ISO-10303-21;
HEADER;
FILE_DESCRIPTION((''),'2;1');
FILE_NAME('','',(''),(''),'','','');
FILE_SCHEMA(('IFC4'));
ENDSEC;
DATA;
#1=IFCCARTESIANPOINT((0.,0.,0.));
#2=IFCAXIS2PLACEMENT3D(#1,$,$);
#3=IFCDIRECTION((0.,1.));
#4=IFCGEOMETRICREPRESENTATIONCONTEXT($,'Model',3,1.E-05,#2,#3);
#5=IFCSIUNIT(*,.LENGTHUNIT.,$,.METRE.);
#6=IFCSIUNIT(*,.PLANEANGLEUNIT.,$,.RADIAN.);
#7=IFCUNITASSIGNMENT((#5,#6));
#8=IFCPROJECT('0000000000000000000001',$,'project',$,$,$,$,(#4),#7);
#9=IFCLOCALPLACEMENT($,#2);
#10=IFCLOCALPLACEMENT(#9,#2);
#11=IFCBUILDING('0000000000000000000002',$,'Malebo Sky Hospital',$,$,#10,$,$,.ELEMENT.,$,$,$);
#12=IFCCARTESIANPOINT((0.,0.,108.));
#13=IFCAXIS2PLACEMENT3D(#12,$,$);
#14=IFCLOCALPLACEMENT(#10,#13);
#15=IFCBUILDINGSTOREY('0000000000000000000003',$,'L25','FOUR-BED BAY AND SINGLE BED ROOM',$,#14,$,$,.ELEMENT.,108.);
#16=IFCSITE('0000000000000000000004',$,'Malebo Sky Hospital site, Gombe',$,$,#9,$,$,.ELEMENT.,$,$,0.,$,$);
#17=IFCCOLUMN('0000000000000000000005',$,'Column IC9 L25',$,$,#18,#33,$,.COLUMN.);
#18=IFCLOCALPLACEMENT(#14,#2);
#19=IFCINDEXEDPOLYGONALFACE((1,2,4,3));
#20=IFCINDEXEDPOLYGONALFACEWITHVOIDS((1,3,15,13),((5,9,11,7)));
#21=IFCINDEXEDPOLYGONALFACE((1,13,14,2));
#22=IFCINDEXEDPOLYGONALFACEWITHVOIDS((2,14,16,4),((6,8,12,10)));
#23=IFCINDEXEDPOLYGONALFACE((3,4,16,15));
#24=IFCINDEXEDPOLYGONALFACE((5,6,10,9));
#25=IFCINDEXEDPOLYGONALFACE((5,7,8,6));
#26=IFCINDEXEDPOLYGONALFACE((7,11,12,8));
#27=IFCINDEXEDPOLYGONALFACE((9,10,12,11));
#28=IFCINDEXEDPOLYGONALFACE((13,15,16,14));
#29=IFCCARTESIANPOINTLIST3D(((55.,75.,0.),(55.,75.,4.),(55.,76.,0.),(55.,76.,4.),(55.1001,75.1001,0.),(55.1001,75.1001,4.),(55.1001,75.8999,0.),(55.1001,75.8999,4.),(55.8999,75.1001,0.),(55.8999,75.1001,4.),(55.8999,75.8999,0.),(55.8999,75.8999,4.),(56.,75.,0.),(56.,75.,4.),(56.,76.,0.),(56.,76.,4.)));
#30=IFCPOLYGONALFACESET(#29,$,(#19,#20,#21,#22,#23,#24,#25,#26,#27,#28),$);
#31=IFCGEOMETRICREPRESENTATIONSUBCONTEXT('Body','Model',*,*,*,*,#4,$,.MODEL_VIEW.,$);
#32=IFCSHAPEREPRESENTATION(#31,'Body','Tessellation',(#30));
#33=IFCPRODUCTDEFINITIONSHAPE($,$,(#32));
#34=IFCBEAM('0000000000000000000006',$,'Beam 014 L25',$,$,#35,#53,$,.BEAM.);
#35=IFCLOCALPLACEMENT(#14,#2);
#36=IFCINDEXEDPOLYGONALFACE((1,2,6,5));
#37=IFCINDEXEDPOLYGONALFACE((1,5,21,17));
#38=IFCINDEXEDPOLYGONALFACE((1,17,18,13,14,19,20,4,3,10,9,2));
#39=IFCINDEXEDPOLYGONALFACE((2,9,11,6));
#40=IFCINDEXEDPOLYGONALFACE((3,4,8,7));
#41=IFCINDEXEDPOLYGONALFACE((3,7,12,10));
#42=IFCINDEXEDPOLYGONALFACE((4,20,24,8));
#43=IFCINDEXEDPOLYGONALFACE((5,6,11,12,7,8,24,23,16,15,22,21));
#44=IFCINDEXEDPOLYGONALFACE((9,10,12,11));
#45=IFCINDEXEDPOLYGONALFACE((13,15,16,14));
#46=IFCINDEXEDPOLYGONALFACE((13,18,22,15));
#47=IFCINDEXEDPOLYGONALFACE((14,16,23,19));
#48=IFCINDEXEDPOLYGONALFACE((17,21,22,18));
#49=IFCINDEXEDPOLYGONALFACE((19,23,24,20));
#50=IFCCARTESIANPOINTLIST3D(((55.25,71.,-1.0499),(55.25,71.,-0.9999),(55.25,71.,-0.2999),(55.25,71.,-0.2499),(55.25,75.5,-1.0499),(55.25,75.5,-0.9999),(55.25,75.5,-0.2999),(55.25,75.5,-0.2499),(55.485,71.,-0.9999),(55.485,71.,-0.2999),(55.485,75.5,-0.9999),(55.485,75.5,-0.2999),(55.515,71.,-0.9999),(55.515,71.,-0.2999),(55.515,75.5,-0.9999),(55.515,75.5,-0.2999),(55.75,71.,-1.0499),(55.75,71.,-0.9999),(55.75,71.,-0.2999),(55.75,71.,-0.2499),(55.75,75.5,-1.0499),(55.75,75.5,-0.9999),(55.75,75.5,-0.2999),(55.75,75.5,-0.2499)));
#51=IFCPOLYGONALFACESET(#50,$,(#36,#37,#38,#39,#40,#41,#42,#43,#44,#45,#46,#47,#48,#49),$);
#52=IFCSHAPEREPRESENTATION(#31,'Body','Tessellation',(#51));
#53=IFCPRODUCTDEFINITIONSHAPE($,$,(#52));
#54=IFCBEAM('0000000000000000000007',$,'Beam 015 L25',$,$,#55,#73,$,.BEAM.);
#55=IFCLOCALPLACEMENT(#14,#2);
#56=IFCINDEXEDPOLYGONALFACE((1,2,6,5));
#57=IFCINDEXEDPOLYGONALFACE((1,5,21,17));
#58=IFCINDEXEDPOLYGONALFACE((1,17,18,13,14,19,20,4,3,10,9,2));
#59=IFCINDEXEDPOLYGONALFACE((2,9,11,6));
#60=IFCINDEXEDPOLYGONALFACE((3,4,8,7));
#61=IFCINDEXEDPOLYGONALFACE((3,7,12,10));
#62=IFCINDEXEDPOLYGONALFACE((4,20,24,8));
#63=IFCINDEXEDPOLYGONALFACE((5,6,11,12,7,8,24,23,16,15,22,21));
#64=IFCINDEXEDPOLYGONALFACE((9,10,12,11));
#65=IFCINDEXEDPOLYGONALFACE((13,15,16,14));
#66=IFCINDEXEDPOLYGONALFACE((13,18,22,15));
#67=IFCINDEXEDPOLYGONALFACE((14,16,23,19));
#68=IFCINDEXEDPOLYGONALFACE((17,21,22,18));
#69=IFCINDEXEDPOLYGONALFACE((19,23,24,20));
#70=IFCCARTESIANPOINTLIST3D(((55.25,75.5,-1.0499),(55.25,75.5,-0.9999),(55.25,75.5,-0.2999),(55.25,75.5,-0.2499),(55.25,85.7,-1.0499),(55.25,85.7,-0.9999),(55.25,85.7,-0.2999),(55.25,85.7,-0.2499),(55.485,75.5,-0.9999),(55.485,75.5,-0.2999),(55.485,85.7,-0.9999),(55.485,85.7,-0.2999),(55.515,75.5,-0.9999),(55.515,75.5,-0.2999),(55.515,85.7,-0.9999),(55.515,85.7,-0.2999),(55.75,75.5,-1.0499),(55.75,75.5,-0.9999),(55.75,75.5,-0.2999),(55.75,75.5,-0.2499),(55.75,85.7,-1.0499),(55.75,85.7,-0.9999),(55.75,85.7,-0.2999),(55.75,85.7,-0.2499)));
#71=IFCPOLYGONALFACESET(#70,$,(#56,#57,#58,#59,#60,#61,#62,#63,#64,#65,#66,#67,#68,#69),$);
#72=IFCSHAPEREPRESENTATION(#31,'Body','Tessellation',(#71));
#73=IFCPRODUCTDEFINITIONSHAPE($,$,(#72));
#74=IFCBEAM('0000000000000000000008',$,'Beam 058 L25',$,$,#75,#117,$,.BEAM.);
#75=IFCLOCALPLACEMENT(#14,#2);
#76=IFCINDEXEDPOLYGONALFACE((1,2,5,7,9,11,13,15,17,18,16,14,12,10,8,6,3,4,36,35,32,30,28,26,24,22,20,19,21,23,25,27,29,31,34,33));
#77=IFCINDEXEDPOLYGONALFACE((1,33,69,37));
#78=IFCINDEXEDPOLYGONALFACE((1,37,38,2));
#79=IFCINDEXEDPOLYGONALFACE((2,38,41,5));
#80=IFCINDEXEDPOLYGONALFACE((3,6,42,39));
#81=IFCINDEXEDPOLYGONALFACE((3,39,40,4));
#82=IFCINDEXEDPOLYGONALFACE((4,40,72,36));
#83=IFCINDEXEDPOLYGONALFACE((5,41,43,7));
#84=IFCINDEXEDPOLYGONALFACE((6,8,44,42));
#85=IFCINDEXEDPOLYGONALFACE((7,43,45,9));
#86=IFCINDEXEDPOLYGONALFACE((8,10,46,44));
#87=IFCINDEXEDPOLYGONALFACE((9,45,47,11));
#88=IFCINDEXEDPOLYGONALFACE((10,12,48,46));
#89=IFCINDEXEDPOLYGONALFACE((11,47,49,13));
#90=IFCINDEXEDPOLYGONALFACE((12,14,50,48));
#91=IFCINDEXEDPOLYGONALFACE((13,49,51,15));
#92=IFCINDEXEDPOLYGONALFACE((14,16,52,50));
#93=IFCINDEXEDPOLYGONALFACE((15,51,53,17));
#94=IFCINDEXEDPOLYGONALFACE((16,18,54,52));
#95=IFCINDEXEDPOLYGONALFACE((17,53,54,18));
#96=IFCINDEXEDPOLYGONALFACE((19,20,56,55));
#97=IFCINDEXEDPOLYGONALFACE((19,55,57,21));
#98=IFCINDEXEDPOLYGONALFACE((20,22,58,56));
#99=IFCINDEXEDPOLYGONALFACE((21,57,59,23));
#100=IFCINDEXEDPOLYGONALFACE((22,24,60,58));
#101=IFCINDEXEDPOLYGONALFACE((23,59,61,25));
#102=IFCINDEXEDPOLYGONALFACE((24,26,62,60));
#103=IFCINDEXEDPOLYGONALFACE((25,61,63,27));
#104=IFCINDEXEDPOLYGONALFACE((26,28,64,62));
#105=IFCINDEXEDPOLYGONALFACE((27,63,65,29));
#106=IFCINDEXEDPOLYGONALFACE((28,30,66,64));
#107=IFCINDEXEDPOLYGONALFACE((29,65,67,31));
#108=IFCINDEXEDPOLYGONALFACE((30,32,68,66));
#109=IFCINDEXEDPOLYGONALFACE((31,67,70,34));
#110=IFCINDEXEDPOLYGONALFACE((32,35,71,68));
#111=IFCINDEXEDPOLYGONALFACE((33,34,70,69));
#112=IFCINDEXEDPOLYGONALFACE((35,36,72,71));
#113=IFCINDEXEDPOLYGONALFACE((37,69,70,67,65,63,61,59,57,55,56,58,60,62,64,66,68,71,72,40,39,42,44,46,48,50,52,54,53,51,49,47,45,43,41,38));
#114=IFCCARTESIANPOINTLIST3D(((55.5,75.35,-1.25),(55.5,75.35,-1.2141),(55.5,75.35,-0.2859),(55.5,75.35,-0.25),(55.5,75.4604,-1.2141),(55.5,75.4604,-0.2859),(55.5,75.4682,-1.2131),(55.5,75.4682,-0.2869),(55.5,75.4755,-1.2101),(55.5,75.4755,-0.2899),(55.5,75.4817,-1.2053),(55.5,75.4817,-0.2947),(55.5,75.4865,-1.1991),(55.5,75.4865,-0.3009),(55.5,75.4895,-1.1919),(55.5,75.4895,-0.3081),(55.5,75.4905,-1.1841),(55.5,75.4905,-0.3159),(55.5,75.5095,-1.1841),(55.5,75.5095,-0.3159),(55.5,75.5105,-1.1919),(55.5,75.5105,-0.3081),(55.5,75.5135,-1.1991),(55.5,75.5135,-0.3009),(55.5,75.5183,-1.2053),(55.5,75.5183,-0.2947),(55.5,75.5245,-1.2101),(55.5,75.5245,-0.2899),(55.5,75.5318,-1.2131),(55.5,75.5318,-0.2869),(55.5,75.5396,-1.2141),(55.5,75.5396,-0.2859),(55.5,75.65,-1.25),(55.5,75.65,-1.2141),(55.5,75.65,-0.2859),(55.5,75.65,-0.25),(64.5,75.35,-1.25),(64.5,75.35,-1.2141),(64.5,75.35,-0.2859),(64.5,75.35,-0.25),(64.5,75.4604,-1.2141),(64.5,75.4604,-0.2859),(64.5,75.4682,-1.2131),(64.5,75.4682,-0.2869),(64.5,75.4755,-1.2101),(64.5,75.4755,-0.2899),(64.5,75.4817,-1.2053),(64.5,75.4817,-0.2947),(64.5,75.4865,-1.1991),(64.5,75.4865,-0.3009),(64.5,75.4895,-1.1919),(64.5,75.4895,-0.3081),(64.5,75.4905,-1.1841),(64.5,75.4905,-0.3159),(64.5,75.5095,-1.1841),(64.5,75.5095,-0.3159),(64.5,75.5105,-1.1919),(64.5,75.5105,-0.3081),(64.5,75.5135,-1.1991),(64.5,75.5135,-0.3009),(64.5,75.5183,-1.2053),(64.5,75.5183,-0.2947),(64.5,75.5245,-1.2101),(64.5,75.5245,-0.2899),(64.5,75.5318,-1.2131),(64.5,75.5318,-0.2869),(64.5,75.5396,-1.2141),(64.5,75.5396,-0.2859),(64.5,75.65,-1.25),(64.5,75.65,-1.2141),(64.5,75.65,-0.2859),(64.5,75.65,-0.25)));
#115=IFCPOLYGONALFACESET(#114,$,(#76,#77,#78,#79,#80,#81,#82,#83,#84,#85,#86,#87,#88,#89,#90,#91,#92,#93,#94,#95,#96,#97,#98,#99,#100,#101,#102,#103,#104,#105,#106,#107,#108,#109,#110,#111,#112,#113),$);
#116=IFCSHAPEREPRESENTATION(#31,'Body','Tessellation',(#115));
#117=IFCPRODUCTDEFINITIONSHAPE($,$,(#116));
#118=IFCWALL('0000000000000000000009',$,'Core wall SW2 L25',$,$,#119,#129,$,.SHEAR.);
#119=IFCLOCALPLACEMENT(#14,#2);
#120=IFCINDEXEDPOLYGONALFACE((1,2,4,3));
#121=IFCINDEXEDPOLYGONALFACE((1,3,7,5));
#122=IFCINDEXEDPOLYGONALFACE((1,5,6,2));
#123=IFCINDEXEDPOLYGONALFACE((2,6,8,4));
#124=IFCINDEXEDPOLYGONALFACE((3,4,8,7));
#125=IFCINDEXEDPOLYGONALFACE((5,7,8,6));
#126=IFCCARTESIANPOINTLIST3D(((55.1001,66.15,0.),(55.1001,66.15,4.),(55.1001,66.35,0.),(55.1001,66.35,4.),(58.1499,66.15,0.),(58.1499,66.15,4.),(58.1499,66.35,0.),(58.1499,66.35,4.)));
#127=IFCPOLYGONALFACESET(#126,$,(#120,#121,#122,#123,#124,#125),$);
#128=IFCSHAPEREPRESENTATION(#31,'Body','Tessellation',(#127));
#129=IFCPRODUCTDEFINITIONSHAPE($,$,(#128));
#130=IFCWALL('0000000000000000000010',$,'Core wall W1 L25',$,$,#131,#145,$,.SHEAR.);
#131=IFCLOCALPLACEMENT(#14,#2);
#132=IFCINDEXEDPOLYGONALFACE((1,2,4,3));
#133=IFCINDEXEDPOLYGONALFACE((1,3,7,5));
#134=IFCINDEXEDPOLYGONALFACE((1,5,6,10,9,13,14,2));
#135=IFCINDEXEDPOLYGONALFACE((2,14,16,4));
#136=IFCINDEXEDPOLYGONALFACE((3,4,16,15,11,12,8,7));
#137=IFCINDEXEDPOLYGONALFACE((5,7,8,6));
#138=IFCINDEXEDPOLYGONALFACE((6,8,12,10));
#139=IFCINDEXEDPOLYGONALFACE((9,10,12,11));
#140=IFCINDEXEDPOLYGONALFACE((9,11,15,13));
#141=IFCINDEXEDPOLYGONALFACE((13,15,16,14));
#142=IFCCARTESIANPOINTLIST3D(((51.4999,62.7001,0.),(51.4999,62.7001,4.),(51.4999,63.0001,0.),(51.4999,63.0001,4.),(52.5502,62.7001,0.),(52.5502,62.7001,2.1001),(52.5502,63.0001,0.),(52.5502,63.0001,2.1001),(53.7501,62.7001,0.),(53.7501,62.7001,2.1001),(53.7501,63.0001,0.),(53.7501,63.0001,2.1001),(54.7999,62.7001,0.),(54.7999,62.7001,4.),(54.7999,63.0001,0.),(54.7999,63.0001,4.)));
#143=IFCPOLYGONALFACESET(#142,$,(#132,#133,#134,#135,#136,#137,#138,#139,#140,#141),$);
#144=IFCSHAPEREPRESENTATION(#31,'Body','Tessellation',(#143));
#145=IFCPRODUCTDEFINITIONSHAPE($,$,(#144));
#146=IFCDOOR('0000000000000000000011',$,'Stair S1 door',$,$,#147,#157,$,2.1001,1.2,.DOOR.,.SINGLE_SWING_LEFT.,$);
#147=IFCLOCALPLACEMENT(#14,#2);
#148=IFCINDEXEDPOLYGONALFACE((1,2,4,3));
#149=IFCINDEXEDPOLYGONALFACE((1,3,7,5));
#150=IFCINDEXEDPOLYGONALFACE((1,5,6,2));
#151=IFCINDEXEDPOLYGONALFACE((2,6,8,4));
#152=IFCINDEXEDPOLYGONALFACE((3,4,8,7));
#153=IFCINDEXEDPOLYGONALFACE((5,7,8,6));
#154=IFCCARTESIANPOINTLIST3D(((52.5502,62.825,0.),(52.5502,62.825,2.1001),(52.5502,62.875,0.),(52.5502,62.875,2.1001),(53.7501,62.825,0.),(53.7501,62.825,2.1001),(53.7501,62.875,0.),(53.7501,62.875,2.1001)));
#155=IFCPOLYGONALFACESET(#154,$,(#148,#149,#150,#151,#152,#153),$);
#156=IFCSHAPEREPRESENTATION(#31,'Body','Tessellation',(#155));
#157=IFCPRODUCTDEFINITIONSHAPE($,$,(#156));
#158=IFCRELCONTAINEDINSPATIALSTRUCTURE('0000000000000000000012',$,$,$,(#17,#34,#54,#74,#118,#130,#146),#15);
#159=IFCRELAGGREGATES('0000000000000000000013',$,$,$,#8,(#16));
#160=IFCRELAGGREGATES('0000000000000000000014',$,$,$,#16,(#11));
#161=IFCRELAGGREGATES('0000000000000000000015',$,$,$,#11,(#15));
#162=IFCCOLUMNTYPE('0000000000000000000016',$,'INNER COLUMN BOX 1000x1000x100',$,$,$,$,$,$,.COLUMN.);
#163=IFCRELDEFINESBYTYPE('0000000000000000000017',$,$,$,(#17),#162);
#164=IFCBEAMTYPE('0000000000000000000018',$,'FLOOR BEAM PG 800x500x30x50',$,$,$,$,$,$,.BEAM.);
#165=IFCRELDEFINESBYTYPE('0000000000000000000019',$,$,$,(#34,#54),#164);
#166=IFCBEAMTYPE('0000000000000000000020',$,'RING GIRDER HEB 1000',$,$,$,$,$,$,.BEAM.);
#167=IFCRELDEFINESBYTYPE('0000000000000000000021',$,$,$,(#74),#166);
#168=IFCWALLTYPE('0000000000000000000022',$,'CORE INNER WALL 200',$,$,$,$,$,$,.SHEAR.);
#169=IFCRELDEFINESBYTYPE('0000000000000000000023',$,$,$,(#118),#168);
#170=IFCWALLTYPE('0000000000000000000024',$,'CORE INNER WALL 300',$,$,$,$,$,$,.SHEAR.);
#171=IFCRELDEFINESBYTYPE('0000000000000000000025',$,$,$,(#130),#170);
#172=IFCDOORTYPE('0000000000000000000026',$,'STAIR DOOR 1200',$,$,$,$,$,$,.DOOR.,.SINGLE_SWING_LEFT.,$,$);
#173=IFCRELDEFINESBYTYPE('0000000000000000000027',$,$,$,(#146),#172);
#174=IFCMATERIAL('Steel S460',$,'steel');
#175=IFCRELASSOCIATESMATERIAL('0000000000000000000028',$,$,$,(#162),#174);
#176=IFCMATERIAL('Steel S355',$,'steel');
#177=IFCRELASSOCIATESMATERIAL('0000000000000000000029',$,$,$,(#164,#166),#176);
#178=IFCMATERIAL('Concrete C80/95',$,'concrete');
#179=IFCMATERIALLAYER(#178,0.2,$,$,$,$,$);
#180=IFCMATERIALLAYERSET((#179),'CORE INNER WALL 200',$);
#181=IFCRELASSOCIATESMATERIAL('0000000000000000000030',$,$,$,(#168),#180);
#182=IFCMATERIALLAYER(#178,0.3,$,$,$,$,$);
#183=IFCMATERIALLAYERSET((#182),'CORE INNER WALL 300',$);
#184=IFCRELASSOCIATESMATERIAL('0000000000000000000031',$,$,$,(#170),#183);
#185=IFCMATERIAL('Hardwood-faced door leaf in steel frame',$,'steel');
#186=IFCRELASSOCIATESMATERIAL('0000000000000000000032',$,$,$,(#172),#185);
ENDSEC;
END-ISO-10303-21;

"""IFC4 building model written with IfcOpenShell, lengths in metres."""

from ifc_helpers import new_model, si_unit, direction, frame, frame_2d, origin, origin_2d, place, context, subcontext, project, spatial, rectangle, hollow_rectangle, i_section, extrude, material, layer, layer_set, material_profile, profile_set, type_object, element, fill, save


model = new_model("IFC4")

# Units and contexts
model_context = context("Model", 3, precision=1e-05, world=origin(), true_north=direction((0.0, 1.0)))
body_context = subcontext(model_context, "Body", "Model", "MODEL_VIEW")
ifc_project = project(units=[si_unit("LENGTHUNIT", "METRE"), si_unit("PLANEANGLEUNIT", "RADIAN")], contexts=[model_context])

# Site, building, storey
site_placement = place(None, origin())
site = spatial("IfcSite", under=ifc_project, at=site_placement, Name="Malebo Sky Hospital site, Gombe", CompositionType="ELEMENT", RefElevation=0.0)
building_placement = place(site_placement, origin())
building = spatial("IfcBuilding", under=site, at=building_placement, Name="Malebo Sky Hospital", CompositionType="ELEMENT")
storey_placement = place(building_placement, frame((0.0, 0.0, 108.0)))
storey = spatial("IfcBuildingStorey", under=building, at=storey_placement, Name="L25", Description="FOUR-BED BAY AND SINGLE BED ROOM", CompositionType="ELEMENT", Elevation=108.0)

# Column
ifc_material_1 = material(Name="Steel S460", Category="steel")
ifc_material_profile_1 = material_profile(ifc_material_1, hollow_rectangle(XDim=1.0, YDim=1.0, WallThickness=0.1001, at=origin_2d()), Name="BOX 1000x1000x100")
ifc_profile_set_1 = profile_set([ifc_material_profile_1], Name="Steel S460")
column_type = type_object("IfcColumnType", Name="INNER COLUMN BOX 1000x1000x100", PredefinedType="COLUMN", material=ifc_profile_set_1)
column_placement = place(storey_placement, frame((55.5, 75.5, 0.0), z_axis=(0.0, 0.0, 1.0), x_axis=(1.0, 0.0, 0.0)))
element("IfcColumn", 1, at=column_placement, inside=storey, type_object=column_type, Name="Column IC9 L25", PredefinedType="COLUMN", context=body_context, shape_type="SweptSolid", body=[
    extrude(hollow_rectangle(XDim=1.0, YDim=1.0, WallThickness=0.1001, at=origin_2d()), origin(), (0.0, 0.0, 1.0), 4.0),
])

# Beams
ifc_material_2 = material(Name="Steel S355", Category="steel")
ifc_material_profile_2 = material_profile(ifc_material_2, i_section(OverallWidth=0.5, OverallDepth=0.8, WebThickness=0.03, FlangeThickness=0.05, at=origin_2d()), Name="PG 800x500x30x50")
ifc_profile_set_2 = profile_set([ifc_material_profile_2], Name="Steel S355")
beam_type_1 = type_object("IfcBeamType", Name="FLOOR BEAM PG 800x500x30x50", PredefinedType="BEAM", material=ifc_profile_set_2)
beam_1_placement = place(storey_placement, frame((55.5, 71.0, -0.6499), z_axis=(0.0, 1.0, 0.0), x_axis=(-1.0, 0.0, 0.0)))
element("IfcBeam", 2, at=beam_1_placement, inside=storey, type_object=beam_type_1, Name="Beam 014 L25", PredefinedType="BEAM", context=body_context, shape_type="SweptSolid", body=[
    extrude(i_section(OverallWidth=0.5, OverallDepth=0.8, WebThickness=0.03, FlangeThickness=0.05, at=origin_2d()), origin(), (0.0, 0.0, 1.0), 4.5),
])
beam_2_placement = place(storey_placement, frame((55.5, 75.5, -0.6499), z_axis=(0.0, 1.0, 0.0), x_axis=(-1.0, 0.0, 0.0)))
element("IfcBeam", 3, at=beam_2_placement, inside=storey, type_object=beam_type_1, Name="Beam 015 L25", PredefinedType="BEAM", context=body_context, shape_type="SweptSolid", body=[
    extrude(i_section(OverallWidth=0.5, OverallDepth=0.8, WebThickness=0.03, FlangeThickness=0.05, at=origin_2d()), origin(), (0.0, 0.0, 1.0), 10.2),
])
ifc_material_profile_3 = material_profile(ifc_material_2, i_section(OverallWidth=0.3, OverallDepth=1.0, WebThickness=0.019, FlangeThickness=0.0359, FilletRadius=0.03, at=origin_2d()), Name="HEB 1000")
ifc_profile_set_3 = profile_set([ifc_material_profile_3], Name="Steel S355")
beam_type_2 = type_object("IfcBeamType", Name="RING GIRDER HEB 1000", PredefinedType="BEAM", material=ifc_profile_set_3)
beam_3_placement = place(storey_placement, frame((55.5, 75.5, -0.75), z_axis=(1.0, 0.0, 0.0), x_axis=(0.0, 1.0, 0.0)))
element("IfcBeam", 4, at=beam_3_placement, inside=storey, type_object=beam_type_2, Name="Beam 058 L25", PredefinedType="BEAM", context=body_context, shape_type="SweptSolid", body=[
    extrude(i_section(OverallWidth=0.3, OverallDepth=1.0, WebThickness=0.019, FlangeThickness=0.0359, FilletRadius=0.03, at=origin_2d()), origin(), (0.0, 0.0, 1.0), 9.0),
])

# Wall
ifc_material_3 = material(Name="Concrete C80/95", Category="concrete")
ifc_layer_1 = layer(ifc_material_3, 0.2)
ifc_layer_set_1 = layer_set([ifc_layer_1], Name="CORE INNER WALL 200")
wall_type_1 = type_object("IfcWallType", Name="CORE INNER WALL 200", PredefinedType="SHEAR", material=ifc_layer_set_1)
wall_1_placement = place(storey_placement, frame((55.1001, 66.25, 0.0), z_axis=(0.0, 0.0, 1.0), x_axis=(1.0, 0.0, 0.0)))
element("IfcWall", 5, at=wall_1_placement, inside=storey, type_object=wall_type_1, Name="Core wall SW2 L25", PredefinedType="SHEAR", context=body_context, shape_type="SweptSolid", body=[
    extrude(rectangle(XDim=3.0498, YDim=0.2, at=frame_2d((1.5249, 0.0))), origin(), (0.0, 0.0, 1.0), 4.0),
])

# Wall, opening, door
ifc_layer_2 = layer(ifc_material_3, 0.3)
ifc_layer_set_2 = layer_set([ifc_layer_2], Name="CORE INNER WALL 300")
wall_type_2 = type_object("IfcWallType", Name="CORE INNER WALL 300", PredefinedType="SHEAR", material=ifc_layer_set_2)
wall_2_placement = place(storey_placement, frame((51.5, 62.8501, 0.0), z_axis=(0.0, 0.0, 1.0), x_axis=(1.0, 0.0, 0.0)))
wall_2 = element("IfcWall", 6, at=wall_2_placement, inside=storey, type_object=wall_type_2, Name="Core wall W1 L25", PredefinedType="SHEAR", context=body_context, shape_type="SweptSolid", body=[
    extrude(rectangle(XDim=3.3, YDim=0.3, at=frame_2d((1.6499, 0.0))), origin(), (0.0, 0.0, 1.0), 4.0),
])
opening_1_placement = place(wall_2_placement, frame((1.05, 0.0, 0.0)))
opening_1 = element("IfcOpeningElement", 7, at=opening_1_placement, cuts=wall_2, PredefinedType="OPENING", context=body_context, shape_type="SweptSolid", body=[
    extrude(rectangle(XDim=1.2, YDim=2.1001, at=frame_2d((0.6001, 1.05))), frame((0.0, 0.1599, 0.0), z_axis=(0.0, -1.0, 0.0), x_axis=(1.0, 0.0, 0.0)), (0.0, 0.0, 1.0), 0.3201),
])
ifc_material_4 = material(Name="Hardwood-faced door leaf in steel frame", Category="steel")
door_type_1 = type_object("IfcDoorType", Name="STAIR DOOR 1200", OperationType="SINGLE_SWING_LEFT", PredefinedType="DOOR", material=ifc_material_4)
door_1_placement = place(opening_1_placement, origin())
door_1 = element("IfcDoor", 8, at=door_1_placement, inside=storey, type_object=door_type_1, Name="Stair S1 door", OperationType="SINGLE_SWING_LEFT", OverallHeight=2.1001, OverallWidth=1.2, PredefinedType="DOOR", context=body_context, shape_type="SweptSolid", body=[
    extrude(rectangle(XDim=1.2, YDim=2.1001, at=frame_2d((0.6001, 1.05))), frame((0.0, 0.0249, 0.0), z_axis=(0.0, -1.0, 0.0), x_axis=(1.0, 0.0, 0.0)), (0.0, 0.0, 1.0), 0.05),
])
fill(opening_1, door_1)

save(model, "model.ifc")
